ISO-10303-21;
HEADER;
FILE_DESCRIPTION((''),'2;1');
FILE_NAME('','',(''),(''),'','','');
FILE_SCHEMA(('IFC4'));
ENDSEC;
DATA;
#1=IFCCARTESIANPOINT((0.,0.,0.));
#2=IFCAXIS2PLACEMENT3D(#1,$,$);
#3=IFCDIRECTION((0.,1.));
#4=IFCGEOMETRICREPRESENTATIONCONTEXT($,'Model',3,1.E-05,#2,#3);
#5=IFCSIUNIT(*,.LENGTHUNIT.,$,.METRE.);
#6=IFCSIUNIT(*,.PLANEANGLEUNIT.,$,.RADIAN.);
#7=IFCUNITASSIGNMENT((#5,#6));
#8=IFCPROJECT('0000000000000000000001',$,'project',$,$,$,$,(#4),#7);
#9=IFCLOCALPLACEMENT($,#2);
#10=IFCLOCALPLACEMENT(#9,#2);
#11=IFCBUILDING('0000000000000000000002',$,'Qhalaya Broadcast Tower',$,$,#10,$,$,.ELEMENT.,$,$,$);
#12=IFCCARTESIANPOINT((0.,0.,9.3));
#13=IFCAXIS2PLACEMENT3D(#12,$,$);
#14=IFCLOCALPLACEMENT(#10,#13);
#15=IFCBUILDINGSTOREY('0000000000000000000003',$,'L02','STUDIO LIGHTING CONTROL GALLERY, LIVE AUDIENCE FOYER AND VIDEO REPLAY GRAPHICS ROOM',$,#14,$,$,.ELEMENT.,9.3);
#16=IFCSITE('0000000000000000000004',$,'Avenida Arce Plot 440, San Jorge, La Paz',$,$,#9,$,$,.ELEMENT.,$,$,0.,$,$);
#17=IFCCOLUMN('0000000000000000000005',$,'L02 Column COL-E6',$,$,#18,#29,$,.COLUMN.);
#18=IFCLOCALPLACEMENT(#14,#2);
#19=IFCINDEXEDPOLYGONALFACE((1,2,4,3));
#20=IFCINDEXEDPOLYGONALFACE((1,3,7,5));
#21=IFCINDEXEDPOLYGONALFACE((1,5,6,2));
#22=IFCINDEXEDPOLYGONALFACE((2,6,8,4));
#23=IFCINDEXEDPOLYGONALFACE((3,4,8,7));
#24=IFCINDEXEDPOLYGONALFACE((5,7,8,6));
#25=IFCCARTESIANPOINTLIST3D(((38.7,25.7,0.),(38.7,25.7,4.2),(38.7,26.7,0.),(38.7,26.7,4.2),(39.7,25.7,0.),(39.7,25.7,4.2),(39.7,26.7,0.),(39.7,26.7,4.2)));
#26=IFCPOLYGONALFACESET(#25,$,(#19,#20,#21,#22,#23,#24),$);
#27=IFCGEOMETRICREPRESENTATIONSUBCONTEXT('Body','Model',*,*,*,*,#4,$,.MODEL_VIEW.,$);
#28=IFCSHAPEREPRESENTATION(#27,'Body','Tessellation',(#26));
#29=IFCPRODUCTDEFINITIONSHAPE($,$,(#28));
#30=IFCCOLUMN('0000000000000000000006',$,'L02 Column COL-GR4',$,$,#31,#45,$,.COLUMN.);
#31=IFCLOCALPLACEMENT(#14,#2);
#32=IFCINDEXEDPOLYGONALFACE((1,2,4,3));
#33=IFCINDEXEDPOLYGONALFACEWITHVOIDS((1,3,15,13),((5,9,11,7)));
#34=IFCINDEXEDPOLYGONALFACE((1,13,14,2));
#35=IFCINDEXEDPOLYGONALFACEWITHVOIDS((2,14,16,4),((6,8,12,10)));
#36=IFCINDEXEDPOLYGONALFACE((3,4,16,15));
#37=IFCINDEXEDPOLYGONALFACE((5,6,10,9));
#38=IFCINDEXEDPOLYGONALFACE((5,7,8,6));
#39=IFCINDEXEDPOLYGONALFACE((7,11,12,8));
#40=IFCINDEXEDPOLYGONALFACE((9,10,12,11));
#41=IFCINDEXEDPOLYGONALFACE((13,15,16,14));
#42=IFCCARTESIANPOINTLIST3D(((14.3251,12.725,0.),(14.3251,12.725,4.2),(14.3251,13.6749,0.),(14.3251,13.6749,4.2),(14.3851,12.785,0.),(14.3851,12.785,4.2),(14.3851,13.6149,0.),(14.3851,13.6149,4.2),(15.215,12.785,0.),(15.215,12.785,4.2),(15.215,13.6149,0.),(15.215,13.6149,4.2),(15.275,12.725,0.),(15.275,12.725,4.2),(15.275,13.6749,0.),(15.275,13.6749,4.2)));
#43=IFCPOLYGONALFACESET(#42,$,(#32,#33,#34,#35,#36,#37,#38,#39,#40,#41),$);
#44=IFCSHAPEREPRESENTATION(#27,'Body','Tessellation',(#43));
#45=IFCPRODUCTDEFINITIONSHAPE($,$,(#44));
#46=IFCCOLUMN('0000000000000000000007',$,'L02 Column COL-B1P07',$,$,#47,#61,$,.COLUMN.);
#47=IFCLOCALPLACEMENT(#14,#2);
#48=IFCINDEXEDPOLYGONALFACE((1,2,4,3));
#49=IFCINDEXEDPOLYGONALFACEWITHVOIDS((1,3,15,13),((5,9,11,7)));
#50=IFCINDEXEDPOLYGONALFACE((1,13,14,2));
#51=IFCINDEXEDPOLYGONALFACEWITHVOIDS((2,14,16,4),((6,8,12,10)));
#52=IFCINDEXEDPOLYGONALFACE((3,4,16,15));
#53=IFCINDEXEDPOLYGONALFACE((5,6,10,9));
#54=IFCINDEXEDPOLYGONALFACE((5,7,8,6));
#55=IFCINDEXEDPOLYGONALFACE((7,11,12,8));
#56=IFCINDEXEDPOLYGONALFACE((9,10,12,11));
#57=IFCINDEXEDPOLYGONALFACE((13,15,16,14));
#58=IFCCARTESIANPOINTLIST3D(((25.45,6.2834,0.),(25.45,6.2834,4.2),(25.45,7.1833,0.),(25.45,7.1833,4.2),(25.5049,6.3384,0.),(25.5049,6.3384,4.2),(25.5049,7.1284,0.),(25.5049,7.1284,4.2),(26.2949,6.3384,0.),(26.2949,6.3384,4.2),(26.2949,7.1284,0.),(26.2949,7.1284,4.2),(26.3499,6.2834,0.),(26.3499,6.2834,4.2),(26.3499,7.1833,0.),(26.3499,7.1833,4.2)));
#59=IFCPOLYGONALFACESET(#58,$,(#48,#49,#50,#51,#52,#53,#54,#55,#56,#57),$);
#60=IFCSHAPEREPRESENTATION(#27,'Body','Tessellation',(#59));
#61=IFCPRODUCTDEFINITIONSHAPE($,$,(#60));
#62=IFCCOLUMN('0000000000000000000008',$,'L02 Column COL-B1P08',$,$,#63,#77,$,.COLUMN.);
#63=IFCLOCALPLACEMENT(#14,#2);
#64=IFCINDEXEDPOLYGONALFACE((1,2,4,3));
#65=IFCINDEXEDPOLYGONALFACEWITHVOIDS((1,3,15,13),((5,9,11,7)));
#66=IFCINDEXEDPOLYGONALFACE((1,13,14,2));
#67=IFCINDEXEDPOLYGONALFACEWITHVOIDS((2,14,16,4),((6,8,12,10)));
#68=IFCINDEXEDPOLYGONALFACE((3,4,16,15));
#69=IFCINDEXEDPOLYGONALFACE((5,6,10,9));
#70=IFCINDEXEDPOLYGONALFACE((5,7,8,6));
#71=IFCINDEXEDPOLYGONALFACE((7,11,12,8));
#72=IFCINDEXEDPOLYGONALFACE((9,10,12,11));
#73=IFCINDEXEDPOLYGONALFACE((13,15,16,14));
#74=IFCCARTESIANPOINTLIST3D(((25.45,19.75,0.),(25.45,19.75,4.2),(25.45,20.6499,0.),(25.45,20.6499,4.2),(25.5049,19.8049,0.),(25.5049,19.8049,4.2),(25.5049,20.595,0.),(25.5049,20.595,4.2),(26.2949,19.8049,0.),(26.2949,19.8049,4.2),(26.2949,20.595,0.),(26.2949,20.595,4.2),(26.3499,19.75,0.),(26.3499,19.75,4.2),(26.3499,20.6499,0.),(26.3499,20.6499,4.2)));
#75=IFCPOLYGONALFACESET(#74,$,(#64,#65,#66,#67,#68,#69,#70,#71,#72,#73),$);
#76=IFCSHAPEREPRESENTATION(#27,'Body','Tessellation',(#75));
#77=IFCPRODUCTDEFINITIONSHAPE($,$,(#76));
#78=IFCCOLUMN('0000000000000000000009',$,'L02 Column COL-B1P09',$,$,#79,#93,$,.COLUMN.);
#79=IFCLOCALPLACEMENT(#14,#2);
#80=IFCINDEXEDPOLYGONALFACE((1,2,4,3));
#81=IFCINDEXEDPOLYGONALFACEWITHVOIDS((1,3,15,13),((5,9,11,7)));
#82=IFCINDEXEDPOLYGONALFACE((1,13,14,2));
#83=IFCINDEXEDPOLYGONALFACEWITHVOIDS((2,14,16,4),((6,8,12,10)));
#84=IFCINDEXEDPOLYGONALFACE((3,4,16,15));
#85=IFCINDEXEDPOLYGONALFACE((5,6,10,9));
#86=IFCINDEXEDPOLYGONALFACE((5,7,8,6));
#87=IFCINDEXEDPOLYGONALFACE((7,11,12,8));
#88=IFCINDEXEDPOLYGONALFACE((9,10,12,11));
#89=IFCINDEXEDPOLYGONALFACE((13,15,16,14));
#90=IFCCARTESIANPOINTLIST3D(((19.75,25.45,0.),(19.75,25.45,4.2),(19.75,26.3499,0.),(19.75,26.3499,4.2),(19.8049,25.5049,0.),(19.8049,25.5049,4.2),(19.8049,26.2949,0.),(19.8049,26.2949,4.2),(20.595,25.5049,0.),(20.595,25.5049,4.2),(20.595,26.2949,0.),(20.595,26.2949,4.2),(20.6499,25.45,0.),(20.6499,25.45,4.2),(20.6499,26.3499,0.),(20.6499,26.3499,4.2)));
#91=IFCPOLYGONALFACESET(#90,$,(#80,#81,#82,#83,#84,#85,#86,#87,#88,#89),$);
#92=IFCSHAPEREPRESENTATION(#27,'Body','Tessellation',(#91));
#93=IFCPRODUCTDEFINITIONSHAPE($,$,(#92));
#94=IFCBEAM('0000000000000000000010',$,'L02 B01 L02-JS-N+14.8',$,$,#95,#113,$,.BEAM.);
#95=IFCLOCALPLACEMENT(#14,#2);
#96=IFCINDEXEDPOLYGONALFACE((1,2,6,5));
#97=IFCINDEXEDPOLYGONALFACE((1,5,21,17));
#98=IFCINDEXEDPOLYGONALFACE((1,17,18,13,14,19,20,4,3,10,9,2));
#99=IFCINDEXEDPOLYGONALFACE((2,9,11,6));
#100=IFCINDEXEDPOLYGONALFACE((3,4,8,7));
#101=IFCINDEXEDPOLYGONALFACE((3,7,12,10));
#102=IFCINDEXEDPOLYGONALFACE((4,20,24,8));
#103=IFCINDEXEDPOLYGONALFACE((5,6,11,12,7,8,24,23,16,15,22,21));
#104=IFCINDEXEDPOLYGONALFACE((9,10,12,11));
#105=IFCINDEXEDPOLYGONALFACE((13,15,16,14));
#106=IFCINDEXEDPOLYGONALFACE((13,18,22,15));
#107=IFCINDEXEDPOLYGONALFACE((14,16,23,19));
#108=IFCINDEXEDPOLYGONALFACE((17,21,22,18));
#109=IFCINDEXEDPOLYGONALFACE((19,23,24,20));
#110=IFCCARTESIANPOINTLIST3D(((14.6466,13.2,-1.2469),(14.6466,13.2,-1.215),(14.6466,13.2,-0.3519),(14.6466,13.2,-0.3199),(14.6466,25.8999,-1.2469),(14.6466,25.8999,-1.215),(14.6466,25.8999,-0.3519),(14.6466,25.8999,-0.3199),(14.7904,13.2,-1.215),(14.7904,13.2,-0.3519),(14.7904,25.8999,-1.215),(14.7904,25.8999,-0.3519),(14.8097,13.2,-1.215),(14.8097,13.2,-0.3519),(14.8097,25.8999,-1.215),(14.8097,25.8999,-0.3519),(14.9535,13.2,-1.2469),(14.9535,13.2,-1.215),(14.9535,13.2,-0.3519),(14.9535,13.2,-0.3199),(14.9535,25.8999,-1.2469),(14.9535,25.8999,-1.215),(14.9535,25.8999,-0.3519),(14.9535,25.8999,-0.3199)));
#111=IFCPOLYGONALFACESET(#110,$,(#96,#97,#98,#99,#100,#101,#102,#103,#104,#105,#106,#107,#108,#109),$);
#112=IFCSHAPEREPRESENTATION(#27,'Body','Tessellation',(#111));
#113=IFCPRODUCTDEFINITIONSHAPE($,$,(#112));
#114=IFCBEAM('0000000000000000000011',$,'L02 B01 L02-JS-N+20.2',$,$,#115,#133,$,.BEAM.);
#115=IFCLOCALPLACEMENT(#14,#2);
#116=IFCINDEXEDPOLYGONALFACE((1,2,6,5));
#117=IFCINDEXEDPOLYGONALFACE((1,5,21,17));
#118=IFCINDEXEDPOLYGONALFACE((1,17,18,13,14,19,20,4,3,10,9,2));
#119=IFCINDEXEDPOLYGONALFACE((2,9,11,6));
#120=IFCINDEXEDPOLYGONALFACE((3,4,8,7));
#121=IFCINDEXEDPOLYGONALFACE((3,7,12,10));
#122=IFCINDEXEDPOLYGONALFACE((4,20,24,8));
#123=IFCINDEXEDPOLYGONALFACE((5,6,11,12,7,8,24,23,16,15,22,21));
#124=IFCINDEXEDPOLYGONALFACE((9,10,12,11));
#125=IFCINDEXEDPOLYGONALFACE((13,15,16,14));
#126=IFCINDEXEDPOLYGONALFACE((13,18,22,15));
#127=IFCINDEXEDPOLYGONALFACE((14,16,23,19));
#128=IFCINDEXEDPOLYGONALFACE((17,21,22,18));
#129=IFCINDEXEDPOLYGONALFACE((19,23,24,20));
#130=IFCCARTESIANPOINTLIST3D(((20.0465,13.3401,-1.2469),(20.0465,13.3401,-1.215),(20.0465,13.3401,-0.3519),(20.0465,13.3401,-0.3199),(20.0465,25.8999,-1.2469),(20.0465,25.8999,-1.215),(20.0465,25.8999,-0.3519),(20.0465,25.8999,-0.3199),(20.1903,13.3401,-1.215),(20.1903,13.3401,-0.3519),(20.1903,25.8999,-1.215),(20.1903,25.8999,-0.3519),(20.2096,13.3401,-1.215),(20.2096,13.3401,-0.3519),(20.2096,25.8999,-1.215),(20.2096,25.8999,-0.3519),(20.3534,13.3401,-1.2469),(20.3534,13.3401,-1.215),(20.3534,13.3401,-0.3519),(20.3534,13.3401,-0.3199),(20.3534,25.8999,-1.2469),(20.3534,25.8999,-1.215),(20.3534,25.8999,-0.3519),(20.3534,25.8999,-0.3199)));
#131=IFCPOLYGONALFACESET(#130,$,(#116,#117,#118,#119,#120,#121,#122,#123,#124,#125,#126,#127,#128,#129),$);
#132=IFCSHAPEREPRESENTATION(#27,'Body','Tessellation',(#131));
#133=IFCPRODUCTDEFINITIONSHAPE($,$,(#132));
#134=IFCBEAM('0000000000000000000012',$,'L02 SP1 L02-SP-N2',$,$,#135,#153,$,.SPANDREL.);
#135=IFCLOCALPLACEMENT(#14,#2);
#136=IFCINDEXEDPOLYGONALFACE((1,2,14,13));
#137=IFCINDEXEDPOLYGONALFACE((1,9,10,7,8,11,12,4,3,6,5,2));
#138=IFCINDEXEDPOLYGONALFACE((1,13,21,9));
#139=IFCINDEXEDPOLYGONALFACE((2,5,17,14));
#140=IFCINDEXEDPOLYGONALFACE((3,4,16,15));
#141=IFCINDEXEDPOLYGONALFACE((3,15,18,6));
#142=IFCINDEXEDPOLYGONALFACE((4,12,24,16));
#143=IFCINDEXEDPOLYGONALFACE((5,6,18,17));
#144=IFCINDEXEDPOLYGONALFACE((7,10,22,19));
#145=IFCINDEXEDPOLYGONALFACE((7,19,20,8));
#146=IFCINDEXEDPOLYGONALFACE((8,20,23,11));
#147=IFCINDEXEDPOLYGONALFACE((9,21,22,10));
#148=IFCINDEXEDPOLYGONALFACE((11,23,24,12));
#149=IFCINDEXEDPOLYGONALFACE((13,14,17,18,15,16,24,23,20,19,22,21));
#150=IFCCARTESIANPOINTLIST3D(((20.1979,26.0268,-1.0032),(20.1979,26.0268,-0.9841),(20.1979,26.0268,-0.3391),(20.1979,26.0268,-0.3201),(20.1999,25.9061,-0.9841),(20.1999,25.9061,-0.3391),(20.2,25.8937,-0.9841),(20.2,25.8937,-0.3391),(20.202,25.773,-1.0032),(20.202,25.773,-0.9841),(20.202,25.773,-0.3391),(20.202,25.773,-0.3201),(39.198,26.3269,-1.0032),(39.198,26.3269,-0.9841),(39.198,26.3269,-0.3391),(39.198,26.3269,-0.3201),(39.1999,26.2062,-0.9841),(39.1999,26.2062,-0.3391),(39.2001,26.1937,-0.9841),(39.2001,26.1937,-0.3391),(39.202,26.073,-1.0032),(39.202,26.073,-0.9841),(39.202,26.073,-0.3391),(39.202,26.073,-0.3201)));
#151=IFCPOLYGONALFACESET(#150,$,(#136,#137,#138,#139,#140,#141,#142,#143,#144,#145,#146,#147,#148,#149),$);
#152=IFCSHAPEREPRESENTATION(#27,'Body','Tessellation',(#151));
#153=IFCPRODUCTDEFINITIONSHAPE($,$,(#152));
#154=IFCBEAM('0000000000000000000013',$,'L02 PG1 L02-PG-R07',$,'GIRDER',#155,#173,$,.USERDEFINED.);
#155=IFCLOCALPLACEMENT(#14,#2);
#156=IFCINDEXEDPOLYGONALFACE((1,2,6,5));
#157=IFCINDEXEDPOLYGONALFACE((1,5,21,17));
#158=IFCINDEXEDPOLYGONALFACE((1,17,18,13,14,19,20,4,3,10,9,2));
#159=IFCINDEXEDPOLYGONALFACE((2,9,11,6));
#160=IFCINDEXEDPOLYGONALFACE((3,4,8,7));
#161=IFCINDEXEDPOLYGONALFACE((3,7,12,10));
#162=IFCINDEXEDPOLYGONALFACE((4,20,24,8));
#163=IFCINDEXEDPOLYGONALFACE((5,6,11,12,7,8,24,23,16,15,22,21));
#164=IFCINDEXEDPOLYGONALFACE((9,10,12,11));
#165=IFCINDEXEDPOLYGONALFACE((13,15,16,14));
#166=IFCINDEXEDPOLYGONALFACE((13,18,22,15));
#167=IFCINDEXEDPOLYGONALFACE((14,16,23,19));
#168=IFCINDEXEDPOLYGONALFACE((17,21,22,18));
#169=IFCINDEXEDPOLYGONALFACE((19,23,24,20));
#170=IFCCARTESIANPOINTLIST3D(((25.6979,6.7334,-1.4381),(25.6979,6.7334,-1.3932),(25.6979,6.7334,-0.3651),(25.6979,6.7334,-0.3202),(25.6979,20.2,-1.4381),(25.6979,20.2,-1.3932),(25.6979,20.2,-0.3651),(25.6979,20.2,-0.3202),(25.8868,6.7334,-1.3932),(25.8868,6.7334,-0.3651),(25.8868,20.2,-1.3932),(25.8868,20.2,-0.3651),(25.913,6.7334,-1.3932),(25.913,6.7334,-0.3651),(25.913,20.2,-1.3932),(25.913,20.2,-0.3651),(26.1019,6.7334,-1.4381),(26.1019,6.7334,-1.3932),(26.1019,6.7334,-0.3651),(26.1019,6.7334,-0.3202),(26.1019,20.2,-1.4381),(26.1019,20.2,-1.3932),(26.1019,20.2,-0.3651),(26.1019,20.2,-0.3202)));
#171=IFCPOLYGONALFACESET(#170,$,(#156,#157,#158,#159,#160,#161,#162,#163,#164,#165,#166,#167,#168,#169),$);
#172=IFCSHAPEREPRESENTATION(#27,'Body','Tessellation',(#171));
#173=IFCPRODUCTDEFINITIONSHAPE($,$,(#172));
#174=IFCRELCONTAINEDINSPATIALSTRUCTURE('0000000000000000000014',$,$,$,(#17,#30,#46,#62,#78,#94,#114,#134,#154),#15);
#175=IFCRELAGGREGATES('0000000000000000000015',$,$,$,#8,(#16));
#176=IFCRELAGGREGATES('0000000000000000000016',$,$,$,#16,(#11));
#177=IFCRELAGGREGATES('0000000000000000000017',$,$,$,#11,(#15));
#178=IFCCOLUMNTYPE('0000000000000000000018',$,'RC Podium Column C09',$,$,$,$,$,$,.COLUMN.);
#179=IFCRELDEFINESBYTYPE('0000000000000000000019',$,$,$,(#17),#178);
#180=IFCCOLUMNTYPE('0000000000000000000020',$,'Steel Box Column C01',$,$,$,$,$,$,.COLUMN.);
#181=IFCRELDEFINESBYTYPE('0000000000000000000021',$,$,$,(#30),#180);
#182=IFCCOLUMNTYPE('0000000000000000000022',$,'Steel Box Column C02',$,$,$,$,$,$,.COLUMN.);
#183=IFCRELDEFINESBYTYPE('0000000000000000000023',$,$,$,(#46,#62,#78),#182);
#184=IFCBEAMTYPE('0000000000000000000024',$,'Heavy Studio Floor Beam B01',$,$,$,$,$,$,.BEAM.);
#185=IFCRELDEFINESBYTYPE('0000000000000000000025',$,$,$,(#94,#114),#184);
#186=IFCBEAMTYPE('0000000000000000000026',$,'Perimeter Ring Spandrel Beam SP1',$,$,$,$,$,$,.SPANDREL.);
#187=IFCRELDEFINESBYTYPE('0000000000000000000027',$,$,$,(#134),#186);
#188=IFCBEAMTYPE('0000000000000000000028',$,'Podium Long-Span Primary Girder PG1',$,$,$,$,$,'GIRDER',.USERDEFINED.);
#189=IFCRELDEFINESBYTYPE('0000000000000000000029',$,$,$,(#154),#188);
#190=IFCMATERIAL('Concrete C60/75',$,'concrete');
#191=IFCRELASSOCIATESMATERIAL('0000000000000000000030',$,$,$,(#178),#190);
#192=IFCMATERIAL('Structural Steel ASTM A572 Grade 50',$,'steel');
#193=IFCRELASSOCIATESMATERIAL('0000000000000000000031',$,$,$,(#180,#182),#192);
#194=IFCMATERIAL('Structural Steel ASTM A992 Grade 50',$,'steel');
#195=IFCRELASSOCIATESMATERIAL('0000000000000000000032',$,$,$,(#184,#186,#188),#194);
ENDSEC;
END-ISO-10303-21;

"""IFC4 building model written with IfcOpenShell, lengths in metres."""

from ifc_helpers import new_model, si_unit, direction, frame, origin, origin_2d, place, context, subcontext, project, spatial, rectangle, hollow_rectangle, i_section, extrude, material, material_profile, profile_set, type_object, element, save


model = new_model("IFC4")

# Units and contexts
model_context = context("Model", 3, precision=1e-05, world=origin(), true_north=direction((0.0, 1.0)))
body_context = subcontext(model_context, "Body", "Model", "MODEL_VIEW")
ifc_project = project(units=[si_unit("LENGTHUNIT", "METRE"), si_unit("PLANEANGLEUNIT", "RADIAN")], contexts=[model_context])

# Site, building, storey
site_placement = place(None, origin())
site = spatial("IfcSite", under=ifc_project, at=site_placement, Name="Avenida Arce Plot 440, San Jorge, La Paz", CompositionType="ELEMENT", RefElevation=0.0)
building_placement = place(site_placement, origin())
building = spatial("IfcBuilding", under=site, at=building_placement, Name="Qhalaya Broadcast Tower", CompositionType="ELEMENT")
storey_placement = place(building_placement, frame((0.0, 0.0, 9.3)))
storey = spatial("IfcBuildingStorey", under=building, at=storey_placement, Name="L02", Description="STUDIO LIGHTING CONTROL GALLERY, LIVE AUDIENCE FOYER AND VIDEO REPLAY GRAPHICS ROOM", CompositionType="ELEMENT", Elevation=9.3)

# Columns
ifc_material_1 = material(Name="Concrete C60/75", Category="concrete")
ifc_material_profile_1 = material_profile(ifc_material_1, rectangle(XDim=1.0, YDim=1.0, at=origin_2d()), Name="RC-COL 1000x1000")
ifc_profile_set_1 = profile_set([ifc_material_profile_1], Name="Concrete C60/75")
column_type_1 = type_object("IfcColumnType", Name="RC Podium Column C09", PredefinedType="COLUMN", material=ifc_profile_set_1)
column_1_placement = place(storey_placement, frame((39.2, 26.2, 0.0), z_axis=(0.0, 0.0, 1.0), x_axis=(1.0, 0.0, 0.0)))
element("IfcColumn", 1, at=column_1_placement, inside=storey, type_object=column_type_1, Name="L02 Column COL-E6", PredefinedType="COLUMN", context=body_context, shape_type="SweptSolid", body=[
    extrude(rectangle(XDim=1.0, YDim=1.0, at=origin_2d()), origin(), (0.0, 0.0, 1.0), 4.2),
])
ifc_material_2 = material(Name="Structural Steel ASTM A572 Grade 50", Category="steel")
ifc_material_profile_2 = material_profile(ifc_material_2, hollow_rectangle(XDim=0.95, YDim=0.95, WallThickness=0.0601, at=origin_2d()), Name="BOX 950x950x60")
ifc_profile_set_2 = profile_set([ifc_material_profile_2], Name="Structural Steel ASTM A572 Grade 50")
column_type_2 = type_object("IfcColumnType", Name="Steel Box Column C01", PredefinedType="COLUMN", material=ifc_profile_set_2)
column_2_placement = place(storey_placement, frame((14.8, 13.2, 0.0), z_axis=(0.0, 0.0, 1.0), x_axis=(1.0, 0.0, 0.0)))
element("IfcColumn", 2, at=column_2_placement, inside=storey, type_object=column_type_2, Name="L02 Column COL-GR4", PredefinedType="COLUMN", context=body_context, shape_type="SweptSolid", body=[
    extrude(hollow_rectangle(XDim=0.95, YDim=0.95, WallThickness=0.0601, at=origin_2d()), origin(), (0.0, 0.0, 1.0), 4.2),
])
ifc_material_profile_3 = material_profile(ifc_material_2, hollow_rectangle(XDim=0.8999, YDim=0.8999, WallThickness=0.0549, at=origin_2d()), Name="BOX 900x900x55")
ifc_profile_set_3 = profile_set([ifc_material_profile_3], Name="Structural Steel ASTM A572 Grade 50")
column_type_3 = type_object("IfcColumnType", Name="Steel Box Column C02", PredefinedType="COLUMN", material=ifc_profile_set_3)
for number, where, z_axis, x_axis, name in (
    (3, (25.8999, 6.7334, 0.0), (0.0, 0.0, 1.0), (0.0, 1.0, 0.0), "L02 Column COL-B1P07"),
    (4, (25.8999, 20.2, 0.0), (0.0, 0.0, 1.0), (0.0, 1.0, 0.0), "L02 Column COL-B1P08"),
    (5, (20.2, 25.8999, 0.0), (0.0, 0.0, 1.0), (1.0, 0.0, 0.0), "L02 Column COL-B1P09"),
):
    element("IfcColumn", number, at=place(storey_placement, frame(where, z_axis=z_axis, x_axis=x_axis)), inside=storey, type_object=column_type_3, Name=name, PredefinedType="COLUMN", context=body_context, shape_type="SweptSolid", body=[
        extrude(hollow_rectangle(XDim=0.8999, YDim=0.8999, WallThickness=0.0549, at=origin_2d()), origin(), (0.0, 0.0, 1.0), 4.2),
    ])

# Beams
ifc_material_3 = material(Name="Structural Steel ASTM A992 Grade 50", Category="steel")
ifc_material_profile_4 = material_profile(ifc_material_3, i_section(OverallWidth=0.3069, OverallDepth=0.927, WebThickness=0.0193, FlangeThickness=0.032, at=origin_2d()), Name="W36X194")
ifc_profile_set_4 = profile_set([ifc_material_profile_4], Name="Structural Steel ASTM A992 Grade 50")
beam_type_1 = type_object("IfcBeamType", Name="Heavy Studio Floor Beam B01", PredefinedType="BEAM", material=ifc_profile_set_4)
beam_1_placement = place(storey_placement, frame((14.8, 13.2, -0.7834), z_axis=(0.0, 1.0, 0.0), x_axis=(-1.0, 0.0, 0.0)))
element("IfcBeam", 6, at=beam_1_placement, inside=storey, type_object=beam_type_1, Name="L02 B01 L02-JS-N+14.8", PredefinedType="BEAM", context=body_context, shape_type="SweptSolid", body=[
    extrude(i_section(OverallWidth=0.3069, OverallDepth=0.927, WebThickness=0.0193, FlangeThickness=0.032, at=origin_2d()), origin(), (0.0, 0.0, 1.0), 12.7),
])
beam_2_placement = place(storey_placement, frame((20.2, 13.3401, -0.7834), z_axis=(0.0, 1.0, 0.0), x_axis=(-1.0, 0.0, 0.0)))
element("IfcBeam", 7, at=beam_2_placement, inside=storey, type_object=beam_type_1, Name="L02 B01 L02-JS-N+20.2", PredefinedType="BEAM", context=body_context, shape_type="SweptSolid", body=[
    extrude(i_section(OverallWidth=0.3069, OverallDepth=0.927, WebThickness=0.0193, FlangeThickness=0.032, at=origin_2d()), origin(), (0.0, 0.0, 1.0), 12.5598),
])
ifc_material_profile_5 = material_profile(ifc_material_3, i_section(OverallWidth=0.2539, OverallDepth=0.6831, WebThickness=0.0125, FlangeThickness=0.019, at=origin_2d()), Name="W27X94")
ifc_profile_set_5 = profile_set([ifc_material_profile_5], Name="Structural Steel ASTM A992 Grade 50")
beam_type_2 = type_object("IfcBeamType", Name="Perimeter Ring Spandrel Beam SP1", PredefinedType="SPANDREL", material=ifc_profile_set_5)
beam_3_placement = place(storey_placement, frame((20.2, 25.8999, -0.6616), z_axis=(0.999875, 0.01579, 0.0), x_axis=(-0.01579, 0.999875, 0.0)))
element("IfcBeam", 8, at=beam_3_placement, inside=storey, type_object=beam_type_2, Name="L02 SP1 L02-SP-N2", PredefinedType="SPANDREL", context=body_context, shape_type="SweptSolid", body=[
    extrude(i_section(OverallWidth=0.2539, OverallDepth=0.6831, WebThickness=0.0125, FlangeThickness=0.019, at=origin_2d()), origin(), (0.0, 0.0, 1.0), 19.0024),
])
ifc_material_profile_6 = material_profile(ifc_material_3, i_section(OverallWidth=0.4041, OverallDepth=1.1179, WebThickness=0.0261, FlangeThickness=0.0449, at=origin_2d()), Name="W44X335")
ifc_profile_set_6 = profile_set([ifc_material_profile_6], Name="Structural Steel ASTM A992 Grade 50")
beam_type_3 = type_object("IfcBeamType", Name="Podium Long-Span Primary Girder PG1", ElementType="GIRDER", PredefinedType="USERDEFINED", material=ifc_profile_set_6)
beam_4_placement = place(storey_placement, frame((25.8999, 6.7334, -0.8792), z_axis=(0.0, 1.0, 0.0), x_axis=(-1.0, 0.0, 0.0)))
element("IfcBeam", 9, at=beam_4_placement, inside=storey, type_object=beam_type_3, Name="L02 PG1 L02-PG-R07", ObjectType="GIRDER", PredefinedType="USERDEFINED", context=body_context, shape_type="SweptSolid", body=[
    extrude(i_section(OverallWidth=0.4041, OverallDepth=1.1179, WebThickness=0.0261, FlangeThickness=0.0449, at=origin_2d()), origin(), (0.0, 0.0, 1.0), 13.4666),
])

save(model, "model.ifc")
